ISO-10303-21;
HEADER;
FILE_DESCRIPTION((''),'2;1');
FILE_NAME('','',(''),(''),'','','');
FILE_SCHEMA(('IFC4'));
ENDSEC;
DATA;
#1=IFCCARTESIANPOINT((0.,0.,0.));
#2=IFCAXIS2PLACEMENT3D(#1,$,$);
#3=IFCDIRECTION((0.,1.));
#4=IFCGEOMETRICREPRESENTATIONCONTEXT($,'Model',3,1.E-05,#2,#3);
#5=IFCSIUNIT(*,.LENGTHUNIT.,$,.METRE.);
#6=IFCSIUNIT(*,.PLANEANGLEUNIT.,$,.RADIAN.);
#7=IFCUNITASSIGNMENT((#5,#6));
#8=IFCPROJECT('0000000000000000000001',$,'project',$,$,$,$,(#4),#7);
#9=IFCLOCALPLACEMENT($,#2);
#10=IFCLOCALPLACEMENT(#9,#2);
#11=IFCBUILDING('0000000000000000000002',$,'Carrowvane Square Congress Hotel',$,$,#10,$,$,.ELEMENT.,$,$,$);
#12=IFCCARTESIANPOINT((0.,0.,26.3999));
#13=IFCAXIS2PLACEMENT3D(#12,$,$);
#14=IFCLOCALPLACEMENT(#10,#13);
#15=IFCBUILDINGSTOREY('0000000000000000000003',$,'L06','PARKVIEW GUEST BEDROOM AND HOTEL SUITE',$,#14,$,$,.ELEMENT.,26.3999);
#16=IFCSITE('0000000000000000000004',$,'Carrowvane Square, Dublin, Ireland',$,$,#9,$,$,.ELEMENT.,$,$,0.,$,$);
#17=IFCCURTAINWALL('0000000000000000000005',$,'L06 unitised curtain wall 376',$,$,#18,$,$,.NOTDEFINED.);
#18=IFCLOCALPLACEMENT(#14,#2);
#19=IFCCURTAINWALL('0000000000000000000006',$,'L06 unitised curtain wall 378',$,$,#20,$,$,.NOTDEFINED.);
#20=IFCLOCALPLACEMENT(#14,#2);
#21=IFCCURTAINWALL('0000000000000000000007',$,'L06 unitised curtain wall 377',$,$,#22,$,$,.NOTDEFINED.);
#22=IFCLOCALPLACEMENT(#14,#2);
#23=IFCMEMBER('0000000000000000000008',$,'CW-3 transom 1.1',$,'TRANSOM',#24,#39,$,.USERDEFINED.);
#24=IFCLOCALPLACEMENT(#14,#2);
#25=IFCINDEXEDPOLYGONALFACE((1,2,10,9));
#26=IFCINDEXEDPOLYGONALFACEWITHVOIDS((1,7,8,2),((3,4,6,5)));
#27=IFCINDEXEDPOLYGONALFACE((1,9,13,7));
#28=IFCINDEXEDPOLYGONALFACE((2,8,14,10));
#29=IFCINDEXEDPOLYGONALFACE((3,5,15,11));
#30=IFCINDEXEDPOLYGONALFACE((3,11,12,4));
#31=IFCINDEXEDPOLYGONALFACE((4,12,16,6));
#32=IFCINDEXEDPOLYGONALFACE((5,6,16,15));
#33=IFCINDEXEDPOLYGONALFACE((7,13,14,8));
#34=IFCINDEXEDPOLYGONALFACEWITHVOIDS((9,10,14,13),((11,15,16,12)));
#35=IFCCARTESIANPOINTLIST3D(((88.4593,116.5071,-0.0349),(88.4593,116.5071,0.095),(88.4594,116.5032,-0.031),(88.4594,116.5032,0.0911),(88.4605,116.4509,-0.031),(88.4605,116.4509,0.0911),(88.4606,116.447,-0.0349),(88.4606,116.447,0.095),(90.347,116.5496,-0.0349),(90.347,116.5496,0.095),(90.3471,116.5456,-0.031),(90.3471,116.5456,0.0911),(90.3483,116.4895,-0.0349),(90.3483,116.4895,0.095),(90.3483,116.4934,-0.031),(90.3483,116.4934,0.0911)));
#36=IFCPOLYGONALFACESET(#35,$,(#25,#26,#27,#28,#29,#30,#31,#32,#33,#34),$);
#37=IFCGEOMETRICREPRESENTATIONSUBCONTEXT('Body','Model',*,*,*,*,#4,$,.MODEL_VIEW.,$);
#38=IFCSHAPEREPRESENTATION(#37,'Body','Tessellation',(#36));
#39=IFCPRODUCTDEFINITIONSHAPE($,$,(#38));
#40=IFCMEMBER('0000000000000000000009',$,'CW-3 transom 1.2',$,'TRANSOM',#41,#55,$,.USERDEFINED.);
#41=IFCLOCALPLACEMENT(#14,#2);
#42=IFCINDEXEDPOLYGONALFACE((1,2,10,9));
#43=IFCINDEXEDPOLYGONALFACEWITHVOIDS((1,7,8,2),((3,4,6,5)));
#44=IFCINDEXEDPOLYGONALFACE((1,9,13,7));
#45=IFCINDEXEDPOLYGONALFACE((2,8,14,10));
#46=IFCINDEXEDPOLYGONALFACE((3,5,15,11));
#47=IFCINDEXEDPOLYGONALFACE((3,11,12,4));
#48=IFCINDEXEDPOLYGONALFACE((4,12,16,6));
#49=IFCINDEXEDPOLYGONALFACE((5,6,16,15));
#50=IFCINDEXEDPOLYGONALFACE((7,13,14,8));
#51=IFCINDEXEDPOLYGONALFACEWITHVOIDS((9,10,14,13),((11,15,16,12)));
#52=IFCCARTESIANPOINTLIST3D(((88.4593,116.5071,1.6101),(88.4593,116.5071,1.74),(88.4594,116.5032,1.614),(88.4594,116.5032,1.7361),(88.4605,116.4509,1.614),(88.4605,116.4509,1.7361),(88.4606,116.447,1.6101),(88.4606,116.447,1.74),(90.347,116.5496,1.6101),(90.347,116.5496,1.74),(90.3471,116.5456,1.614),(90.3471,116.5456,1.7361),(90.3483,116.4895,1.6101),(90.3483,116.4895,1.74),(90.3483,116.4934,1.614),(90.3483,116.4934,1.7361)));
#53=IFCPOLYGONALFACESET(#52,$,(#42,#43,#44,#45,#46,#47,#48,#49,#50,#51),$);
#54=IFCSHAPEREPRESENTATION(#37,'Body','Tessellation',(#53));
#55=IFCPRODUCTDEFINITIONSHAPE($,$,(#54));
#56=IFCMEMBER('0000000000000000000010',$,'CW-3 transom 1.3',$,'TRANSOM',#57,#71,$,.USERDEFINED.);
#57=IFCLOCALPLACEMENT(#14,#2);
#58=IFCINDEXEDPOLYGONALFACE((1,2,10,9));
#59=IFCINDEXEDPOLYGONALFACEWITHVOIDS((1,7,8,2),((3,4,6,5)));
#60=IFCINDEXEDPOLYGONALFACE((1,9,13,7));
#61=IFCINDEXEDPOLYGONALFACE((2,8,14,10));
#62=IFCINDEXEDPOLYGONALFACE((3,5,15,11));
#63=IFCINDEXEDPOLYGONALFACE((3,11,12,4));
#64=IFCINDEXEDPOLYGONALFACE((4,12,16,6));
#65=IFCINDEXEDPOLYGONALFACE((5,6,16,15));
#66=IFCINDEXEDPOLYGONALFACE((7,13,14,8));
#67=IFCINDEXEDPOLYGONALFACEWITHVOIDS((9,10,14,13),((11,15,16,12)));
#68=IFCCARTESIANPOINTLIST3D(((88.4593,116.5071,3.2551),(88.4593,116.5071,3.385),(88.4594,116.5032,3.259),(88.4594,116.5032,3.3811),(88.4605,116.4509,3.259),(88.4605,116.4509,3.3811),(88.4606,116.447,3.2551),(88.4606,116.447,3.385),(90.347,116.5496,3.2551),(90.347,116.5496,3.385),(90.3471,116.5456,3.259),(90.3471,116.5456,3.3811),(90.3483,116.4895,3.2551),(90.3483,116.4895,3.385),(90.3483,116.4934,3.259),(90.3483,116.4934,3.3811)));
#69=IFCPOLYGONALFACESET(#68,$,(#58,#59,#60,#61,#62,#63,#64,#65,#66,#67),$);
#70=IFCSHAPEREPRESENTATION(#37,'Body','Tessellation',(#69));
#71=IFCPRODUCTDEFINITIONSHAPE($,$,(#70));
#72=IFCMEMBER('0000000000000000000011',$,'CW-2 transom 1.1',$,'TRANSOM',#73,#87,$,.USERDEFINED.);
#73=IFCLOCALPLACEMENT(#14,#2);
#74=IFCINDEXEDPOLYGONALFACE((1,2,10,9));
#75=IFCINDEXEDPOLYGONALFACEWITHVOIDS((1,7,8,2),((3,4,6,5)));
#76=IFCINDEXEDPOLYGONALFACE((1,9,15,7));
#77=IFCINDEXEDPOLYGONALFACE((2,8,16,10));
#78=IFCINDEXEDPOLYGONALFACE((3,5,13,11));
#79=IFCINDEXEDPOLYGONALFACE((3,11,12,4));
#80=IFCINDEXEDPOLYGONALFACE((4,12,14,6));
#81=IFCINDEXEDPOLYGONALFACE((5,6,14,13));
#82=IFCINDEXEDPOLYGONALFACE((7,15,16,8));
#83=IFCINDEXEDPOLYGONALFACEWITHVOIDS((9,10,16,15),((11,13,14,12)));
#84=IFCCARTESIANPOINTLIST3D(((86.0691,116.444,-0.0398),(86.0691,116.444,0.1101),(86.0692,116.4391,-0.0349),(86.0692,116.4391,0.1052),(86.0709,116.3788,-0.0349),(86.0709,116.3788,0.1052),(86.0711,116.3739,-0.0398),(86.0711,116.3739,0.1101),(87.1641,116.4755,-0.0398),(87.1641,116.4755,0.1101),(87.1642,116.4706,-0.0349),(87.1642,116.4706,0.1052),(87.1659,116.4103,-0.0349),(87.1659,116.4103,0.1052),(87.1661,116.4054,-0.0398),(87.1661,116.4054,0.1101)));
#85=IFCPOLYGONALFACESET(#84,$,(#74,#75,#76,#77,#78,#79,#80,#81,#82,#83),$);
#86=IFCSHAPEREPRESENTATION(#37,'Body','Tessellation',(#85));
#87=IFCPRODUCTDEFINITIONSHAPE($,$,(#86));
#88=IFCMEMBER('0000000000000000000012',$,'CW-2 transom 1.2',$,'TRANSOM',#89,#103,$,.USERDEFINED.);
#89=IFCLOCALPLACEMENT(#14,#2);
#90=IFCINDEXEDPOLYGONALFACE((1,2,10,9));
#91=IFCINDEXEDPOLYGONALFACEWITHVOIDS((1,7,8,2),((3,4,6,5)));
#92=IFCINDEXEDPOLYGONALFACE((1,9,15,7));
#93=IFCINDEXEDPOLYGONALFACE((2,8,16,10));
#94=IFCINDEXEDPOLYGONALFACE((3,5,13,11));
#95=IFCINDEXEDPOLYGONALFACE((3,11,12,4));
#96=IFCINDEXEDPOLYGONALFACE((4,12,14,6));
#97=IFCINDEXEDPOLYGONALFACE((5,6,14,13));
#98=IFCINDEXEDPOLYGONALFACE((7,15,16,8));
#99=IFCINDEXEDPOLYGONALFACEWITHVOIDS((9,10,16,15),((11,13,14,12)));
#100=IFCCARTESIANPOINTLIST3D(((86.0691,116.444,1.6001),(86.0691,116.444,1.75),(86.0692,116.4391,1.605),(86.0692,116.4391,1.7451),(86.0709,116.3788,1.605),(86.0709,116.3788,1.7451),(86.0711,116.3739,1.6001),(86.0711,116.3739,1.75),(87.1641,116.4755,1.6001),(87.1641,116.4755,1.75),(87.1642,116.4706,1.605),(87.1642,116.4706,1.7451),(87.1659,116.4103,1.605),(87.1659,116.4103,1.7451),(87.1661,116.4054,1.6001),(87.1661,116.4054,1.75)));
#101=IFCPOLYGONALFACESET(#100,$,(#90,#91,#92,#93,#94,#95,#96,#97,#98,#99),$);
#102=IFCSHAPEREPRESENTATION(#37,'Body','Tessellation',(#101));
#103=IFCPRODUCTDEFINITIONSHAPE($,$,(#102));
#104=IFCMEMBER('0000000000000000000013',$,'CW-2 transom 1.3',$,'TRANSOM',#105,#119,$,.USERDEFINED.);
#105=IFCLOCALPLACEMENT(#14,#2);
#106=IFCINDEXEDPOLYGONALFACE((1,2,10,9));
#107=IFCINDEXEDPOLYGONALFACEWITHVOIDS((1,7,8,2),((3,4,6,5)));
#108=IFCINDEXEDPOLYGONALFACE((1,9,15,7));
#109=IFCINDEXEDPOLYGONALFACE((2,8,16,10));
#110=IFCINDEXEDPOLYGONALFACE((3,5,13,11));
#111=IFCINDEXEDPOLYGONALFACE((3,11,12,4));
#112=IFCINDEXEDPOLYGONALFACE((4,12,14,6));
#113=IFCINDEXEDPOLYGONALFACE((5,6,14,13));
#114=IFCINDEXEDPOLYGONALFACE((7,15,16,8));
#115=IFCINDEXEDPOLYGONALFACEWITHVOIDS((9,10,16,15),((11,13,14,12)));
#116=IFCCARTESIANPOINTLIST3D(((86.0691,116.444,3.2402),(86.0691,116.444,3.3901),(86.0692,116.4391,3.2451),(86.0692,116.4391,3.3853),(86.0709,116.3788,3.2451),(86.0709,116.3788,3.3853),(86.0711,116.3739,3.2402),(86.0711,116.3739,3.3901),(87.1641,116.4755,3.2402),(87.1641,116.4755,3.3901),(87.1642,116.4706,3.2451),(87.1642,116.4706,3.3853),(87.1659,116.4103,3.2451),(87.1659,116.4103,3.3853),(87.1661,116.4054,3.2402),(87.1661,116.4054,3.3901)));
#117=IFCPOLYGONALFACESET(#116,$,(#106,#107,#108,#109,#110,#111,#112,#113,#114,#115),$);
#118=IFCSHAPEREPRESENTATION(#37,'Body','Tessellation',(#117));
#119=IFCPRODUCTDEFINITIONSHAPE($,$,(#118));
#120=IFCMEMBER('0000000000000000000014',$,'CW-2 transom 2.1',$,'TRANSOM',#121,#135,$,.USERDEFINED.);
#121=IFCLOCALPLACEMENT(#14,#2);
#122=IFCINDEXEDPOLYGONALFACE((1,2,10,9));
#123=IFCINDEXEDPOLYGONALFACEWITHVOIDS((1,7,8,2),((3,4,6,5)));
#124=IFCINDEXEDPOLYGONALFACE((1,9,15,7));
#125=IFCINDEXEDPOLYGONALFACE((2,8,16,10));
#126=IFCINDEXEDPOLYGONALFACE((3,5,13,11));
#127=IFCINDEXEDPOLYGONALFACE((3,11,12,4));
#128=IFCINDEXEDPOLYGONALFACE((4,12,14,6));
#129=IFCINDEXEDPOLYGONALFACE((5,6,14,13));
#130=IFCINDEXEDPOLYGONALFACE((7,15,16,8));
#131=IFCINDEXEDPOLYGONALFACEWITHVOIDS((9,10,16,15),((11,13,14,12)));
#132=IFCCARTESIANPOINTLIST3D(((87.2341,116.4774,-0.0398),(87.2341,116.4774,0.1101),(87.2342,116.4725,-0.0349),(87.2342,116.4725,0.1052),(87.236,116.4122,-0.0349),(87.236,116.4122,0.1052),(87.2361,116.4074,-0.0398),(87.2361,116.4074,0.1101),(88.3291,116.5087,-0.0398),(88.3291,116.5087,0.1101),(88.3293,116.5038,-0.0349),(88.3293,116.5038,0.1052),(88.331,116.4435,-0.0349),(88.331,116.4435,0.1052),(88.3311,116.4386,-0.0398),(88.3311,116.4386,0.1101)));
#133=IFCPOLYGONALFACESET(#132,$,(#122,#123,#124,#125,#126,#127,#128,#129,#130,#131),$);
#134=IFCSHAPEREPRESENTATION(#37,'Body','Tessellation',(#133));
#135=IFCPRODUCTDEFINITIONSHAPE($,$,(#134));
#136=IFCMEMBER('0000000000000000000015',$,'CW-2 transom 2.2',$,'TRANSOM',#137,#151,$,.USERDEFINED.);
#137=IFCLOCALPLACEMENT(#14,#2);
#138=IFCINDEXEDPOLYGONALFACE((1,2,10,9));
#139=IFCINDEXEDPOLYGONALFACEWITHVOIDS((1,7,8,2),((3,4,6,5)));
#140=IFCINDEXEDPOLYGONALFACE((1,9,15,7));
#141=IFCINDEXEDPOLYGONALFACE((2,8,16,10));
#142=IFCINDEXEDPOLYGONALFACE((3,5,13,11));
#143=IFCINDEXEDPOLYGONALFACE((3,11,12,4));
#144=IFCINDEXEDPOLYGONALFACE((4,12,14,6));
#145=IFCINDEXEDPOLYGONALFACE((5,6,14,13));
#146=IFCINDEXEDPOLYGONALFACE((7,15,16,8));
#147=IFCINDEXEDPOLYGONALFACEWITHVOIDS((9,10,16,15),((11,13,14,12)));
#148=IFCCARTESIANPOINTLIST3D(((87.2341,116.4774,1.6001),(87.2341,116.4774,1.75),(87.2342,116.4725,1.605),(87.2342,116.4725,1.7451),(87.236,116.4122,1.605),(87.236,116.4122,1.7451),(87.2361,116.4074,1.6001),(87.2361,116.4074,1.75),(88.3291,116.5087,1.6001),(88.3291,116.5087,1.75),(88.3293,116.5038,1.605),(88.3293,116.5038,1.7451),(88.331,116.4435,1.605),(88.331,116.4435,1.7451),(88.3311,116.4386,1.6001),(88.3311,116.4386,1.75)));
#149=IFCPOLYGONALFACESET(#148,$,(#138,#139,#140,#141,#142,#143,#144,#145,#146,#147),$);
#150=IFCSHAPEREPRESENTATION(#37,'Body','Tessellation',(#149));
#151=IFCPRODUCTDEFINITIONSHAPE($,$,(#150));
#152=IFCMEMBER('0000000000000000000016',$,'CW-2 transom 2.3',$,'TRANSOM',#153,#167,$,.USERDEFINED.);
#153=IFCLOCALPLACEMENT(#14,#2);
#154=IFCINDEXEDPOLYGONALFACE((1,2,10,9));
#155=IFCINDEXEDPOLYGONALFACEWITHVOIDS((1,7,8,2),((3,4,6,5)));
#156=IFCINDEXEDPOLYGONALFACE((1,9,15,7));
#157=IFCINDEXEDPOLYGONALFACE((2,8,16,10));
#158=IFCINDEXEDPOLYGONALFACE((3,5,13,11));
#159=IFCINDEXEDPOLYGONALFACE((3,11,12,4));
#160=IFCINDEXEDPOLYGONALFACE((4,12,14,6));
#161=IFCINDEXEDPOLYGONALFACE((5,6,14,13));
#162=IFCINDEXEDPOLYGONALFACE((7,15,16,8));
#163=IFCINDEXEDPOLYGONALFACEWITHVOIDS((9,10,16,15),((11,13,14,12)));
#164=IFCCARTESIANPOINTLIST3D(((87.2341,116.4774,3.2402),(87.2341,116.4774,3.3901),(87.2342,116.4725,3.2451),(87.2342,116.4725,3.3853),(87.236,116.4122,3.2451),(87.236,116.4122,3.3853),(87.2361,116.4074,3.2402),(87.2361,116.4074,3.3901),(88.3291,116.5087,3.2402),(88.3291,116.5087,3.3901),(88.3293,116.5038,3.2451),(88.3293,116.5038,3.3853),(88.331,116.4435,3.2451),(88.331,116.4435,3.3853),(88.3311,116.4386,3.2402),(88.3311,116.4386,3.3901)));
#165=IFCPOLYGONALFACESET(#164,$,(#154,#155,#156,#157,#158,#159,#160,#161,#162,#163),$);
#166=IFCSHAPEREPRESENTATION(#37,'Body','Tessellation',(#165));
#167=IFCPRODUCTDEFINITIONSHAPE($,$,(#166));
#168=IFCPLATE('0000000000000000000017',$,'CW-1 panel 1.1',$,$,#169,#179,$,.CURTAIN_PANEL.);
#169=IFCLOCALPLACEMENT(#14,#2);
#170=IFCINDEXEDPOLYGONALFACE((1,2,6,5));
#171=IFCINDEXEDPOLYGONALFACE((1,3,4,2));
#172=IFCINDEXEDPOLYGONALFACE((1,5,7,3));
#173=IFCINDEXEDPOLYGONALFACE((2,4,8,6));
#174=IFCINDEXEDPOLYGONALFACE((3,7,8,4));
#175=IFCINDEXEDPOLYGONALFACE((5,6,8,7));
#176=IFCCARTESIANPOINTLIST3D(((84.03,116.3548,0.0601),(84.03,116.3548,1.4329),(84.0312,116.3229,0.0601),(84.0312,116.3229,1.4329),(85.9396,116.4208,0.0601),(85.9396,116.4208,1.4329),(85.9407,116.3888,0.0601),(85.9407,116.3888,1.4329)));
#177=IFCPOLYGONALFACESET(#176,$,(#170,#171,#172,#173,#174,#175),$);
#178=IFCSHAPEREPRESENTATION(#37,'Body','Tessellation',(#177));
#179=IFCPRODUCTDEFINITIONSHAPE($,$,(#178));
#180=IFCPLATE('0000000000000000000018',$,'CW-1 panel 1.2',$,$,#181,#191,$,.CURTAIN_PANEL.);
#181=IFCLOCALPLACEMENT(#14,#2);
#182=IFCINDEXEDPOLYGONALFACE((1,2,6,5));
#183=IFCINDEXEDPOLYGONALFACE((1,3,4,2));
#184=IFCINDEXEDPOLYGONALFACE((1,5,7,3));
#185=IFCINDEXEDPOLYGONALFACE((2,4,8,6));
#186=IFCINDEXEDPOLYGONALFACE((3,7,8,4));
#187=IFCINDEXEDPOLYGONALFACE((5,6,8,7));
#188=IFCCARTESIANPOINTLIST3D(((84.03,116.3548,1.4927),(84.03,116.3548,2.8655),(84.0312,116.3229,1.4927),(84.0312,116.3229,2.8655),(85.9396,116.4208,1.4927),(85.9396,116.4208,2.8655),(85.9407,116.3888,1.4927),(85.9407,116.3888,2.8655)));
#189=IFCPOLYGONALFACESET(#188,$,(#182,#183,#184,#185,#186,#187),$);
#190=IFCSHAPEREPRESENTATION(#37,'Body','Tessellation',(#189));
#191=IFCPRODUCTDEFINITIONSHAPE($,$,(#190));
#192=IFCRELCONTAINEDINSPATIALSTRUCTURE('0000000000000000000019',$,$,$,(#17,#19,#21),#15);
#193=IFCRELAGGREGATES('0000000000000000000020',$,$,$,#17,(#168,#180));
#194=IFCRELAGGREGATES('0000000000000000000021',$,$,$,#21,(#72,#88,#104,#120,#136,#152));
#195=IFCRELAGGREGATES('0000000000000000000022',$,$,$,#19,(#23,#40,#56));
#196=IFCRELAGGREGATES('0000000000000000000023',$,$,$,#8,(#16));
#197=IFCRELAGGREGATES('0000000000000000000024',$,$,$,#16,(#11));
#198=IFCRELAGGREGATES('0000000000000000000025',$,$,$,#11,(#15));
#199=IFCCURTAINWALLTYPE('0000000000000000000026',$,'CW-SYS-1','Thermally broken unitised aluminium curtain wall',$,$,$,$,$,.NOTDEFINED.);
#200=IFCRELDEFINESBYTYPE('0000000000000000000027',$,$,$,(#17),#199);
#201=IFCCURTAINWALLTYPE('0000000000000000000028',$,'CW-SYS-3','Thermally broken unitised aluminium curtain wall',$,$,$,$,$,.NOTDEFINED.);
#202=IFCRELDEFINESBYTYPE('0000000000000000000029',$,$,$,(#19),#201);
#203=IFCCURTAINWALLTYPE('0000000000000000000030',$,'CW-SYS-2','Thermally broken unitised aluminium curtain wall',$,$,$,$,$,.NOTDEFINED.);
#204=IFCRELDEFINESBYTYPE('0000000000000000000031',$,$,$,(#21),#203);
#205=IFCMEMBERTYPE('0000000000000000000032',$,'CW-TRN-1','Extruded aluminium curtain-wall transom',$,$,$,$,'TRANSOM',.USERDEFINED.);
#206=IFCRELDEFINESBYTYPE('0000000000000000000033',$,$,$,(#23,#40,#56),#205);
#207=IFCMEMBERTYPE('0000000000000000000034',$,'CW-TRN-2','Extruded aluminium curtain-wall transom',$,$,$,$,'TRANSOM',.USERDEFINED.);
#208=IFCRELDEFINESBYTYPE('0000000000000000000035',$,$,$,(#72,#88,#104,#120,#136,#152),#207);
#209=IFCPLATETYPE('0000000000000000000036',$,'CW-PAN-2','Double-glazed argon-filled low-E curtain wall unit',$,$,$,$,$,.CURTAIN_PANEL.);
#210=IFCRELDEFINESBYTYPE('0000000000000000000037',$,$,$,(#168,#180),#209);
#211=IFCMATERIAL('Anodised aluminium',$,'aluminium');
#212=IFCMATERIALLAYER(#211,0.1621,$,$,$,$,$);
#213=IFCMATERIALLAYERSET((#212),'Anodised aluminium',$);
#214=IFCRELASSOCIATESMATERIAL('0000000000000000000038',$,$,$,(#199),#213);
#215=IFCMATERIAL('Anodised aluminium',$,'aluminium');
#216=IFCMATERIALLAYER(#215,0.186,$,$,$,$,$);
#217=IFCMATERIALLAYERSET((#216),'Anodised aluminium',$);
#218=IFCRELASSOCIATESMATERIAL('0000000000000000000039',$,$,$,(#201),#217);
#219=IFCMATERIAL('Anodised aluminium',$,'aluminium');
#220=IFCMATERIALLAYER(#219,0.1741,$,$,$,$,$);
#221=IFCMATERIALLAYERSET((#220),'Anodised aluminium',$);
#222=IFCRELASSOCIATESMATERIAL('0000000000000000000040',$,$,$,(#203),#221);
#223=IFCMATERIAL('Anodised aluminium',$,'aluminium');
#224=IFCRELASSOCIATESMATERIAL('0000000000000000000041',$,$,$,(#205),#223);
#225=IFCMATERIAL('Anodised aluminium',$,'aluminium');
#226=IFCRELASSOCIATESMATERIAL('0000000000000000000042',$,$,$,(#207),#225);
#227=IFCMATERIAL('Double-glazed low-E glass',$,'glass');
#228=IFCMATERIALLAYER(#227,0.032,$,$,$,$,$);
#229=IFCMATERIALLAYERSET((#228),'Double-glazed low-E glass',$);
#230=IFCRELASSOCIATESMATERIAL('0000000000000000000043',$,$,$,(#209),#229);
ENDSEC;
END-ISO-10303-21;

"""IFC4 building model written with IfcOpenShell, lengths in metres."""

from ifc_helpers import new_model, si_unit, direction, frame, origin, origin_2d, place, context, subcontext, project, spatial, rectangle, hollow_rectangle, extrude, material, layer, layer_set, material_profile, profile_set, type_object, element, aggregate, save


model = new_model("IFC4")

# Units and contexts
model_context = context("Model", 3, precision=1e-05, world=origin(), true_north=direction((0.0, 1.0)))
body_context = subcontext(model_context, "Body", "Model", "MODEL_VIEW")
ifc_project = project(units=[si_unit("LENGTHUNIT", "METRE"), si_unit("PLANEANGLEUNIT", "RADIAN")], contexts=[model_context])

# Site, building, storey
site_placement = place(None, origin())
site = spatial("IfcSite", under=ifc_project, at=site_placement, Name="Carrowvane Square, Dublin, Ireland", CompositionType="ELEMENT", RefElevation=0.0)
building_placement = place(site_placement, origin())
building = spatial("IfcBuilding", under=site, at=building_placement, Name="Carrowvane Square Congress Hotel", CompositionType="ELEMENT")
storey_placement = place(building_placement, frame((0.0, 0.0, 26.3999)))
storey = spatial("IfcBuildingStorey", under=building, at=storey_placement, Name="L06", Description="PARKVIEW GUEST BEDROOM AND HOTEL SUITE", CompositionType="ELEMENT", Elevation=26.3999)

# Curtain wall
ifc_material_1 = material(Name="Anodised aluminium", Category="aluminium")
ifc_layer_1 = layer(ifc_material_1, 0.1621)
ifc_layer_set_1 = layer_set([ifc_layer_1], Name="Anodised aluminium")
curtain_wall_type_1 = type_object("IfcCurtainWallType", Name="CW-SYS-1", Description="Thermally broken unitised aluminium curtain wall", PredefinedType="NOTDEFINED", material=ifc_layer_set_1)
curtain_wall_1_placement = place(storey_placement, origin())
curtain_wall_1 = element("IfcCurtainWall", 1, at=curtain_wall_1_placement, inside=storey, type_object=curtain_wall_type_1, Name="L06 unitised curtain wall 376", PredefinedType="NOTDEFINED")

# Curtain walls
ifc_material_2 = material(Name="Anodised aluminium", Category="aluminium")
ifc_layer_2 = layer(ifc_material_2, 0.186)
ifc_layer_set_2 = layer_set([ifc_layer_2], Name="Anodised aluminium")
curtain_wall_type_2 = type_object("IfcCurtainWallType", Name="CW-SYS-3", Description="Thermally broken unitised aluminium curtain wall", PredefinedType="NOTDEFINED", material=ifc_layer_set_2)
curtain_wall_2_placement = place(storey_placement, origin())
curtain_wall_2 = element("IfcCurtainWall", 2, at=curtain_wall_2_placement, inside=storey, type_object=curtain_wall_type_2, Name="L06 unitised curtain wall 378", PredefinedType="NOTDEFINED")
ifc_material_3 = material(Name="Anodised aluminium", Category="aluminium")
ifc_layer_3 = layer(ifc_material_3, 0.1741)
ifc_layer_set_3 = layer_set([ifc_layer_3], Name="Anodised aluminium")
curtain_wall_type_3 = type_object("IfcCurtainWallType", Name="CW-SYS-2", Description="Thermally broken unitised aluminium curtain wall", PredefinedType="NOTDEFINED", material=ifc_layer_set_3)
curtain_wall_3_placement = place(storey_placement, origin())
curtain_wall_3 = element("IfcCurtainWall", 3, at=curtain_wall_3_placement, inside=storey, type_object=curtain_wall_type_3, Name="L06 unitised curtain wall 377", PredefinedType="NOTDEFINED")

# Members
ifc_material_4 = material(Name="Anodised aluminium", Category="aluminium")
ifc_material_profile_1 = material_profile(ifc_material_4, hollow_rectangle(XDim=0.0601, YDim=0.1299, WallThickness=0.0039, at=origin_2d()), Name="CW-TR 60x130x4")
ifc_profile_set_1 = profile_set([ifc_material_profile_1], Name="Anodised aluminium")
member_type_1 = type_object("IfcMemberType", Name="CW-TRN-1", Description="Extruded aluminium curtain-wall transom", ElementType="TRANSOM", PredefinedType="USERDEFINED", material=ifc_profile_set_1)
member_1_placement = place(storey_placement, frame((88.46, 116.4771, 0.03), z_axis=(0.999747, 0.022498, 0.0), x_axis=(-0.022498, 0.999747, 0.0)))
member_1 = element("IfcMember", 4, at=member_1_placement, type_object=member_type_1, Name="CW-3 transom 1.1", ObjectType="TRANSOM", PredefinedType="USERDEFINED", context=body_context, shape_type="SweptSolid", body=[
    extrude(hollow_rectangle(XDim=0.0601, YDim=0.1299, WallThickness=0.0039, at=origin_2d()), origin(), (0.0, 0.0, 1.0), 1.8882),
])
member_2_placement = place(storey_placement, frame((88.46, 116.4771, 1.675), z_axis=(0.999747, 0.022498, 0.0), x_axis=(-0.022498, 0.999747, 0.0)))
member_2 = element("IfcMember", 5, at=member_2_placement, type_object=member_type_1, Name="CW-3 transom 1.2", ObjectType="TRANSOM", PredefinedType="USERDEFINED", context=body_context, shape_type="SweptSolid", body=[
    extrude(hollow_rectangle(XDim=0.0601, YDim=0.1299, WallThickness=0.0039, at=origin_2d()), origin(), (0.0, 0.0, 1.0), 1.8882),
])
member_3_placement = place(storey_placement, frame((88.46, 116.4771, 3.3201), z_axis=(0.999747, 0.022498, 0.0), x_axis=(-0.022498, 0.999747, 0.0)))
member_3 = element("IfcMember", 6, at=member_3_placement, type_object=member_type_1, Name="CW-3 transom 1.3", ObjectType="TRANSOM", PredefinedType="USERDEFINED", context=body_context, shape_type="SweptSolid", body=[
    extrude(hollow_rectangle(XDim=0.0601, YDim=0.1299, WallThickness=0.0039, at=origin_2d()), origin(), (0.0, 0.0, 1.0), 1.8882),
])
ifc_material_5 = material(Name="Anodised aluminium", Category="aluminium")
ifc_material_profile_2 = material_profile(ifc_material_5, hollow_rectangle(XDim=0.0701, YDim=0.1499, WallThickness=0.0049, at=origin_2d()), Name="CW-TR 70x150x5")
ifc_profile_set_2 = profile_set([ifc_material_profile_2], Name="Anodised aluminium")
member_type_2 = type_object("IfcMemberType", Name="CW-TRN-2", Description="Extruded aluminium curtain-wall transom", ElementType="TRANSOM", PredefinedType="USERDEFINED", material=ifc_profile_set_2)
member_4_placement = place(storey_placement, frame((86.0701, 116.4089, 0.0352), z_axis=(0.999587, 0.028751, 0.0), x_axis=(-0.028751, 0.999587, 0.0)))
member_4 = element("IfcMember", 7, at=member_4_placement, type_object=member_type_2, Name="CW-2 transom 1.1", ObjectType="TRANSOM", PredefinedType="USERDEFINED", context=body_context, shape_type="SweptSolid", body=[
    extrude(hollow_rectangle(XDim=0.0701, YDim=0.1499, WallThickness=0.0049, at=origin_2d()), origin(), (0.0, 0.0, 1.0), 1.0955),
])
member_5_placement = place(storey_placement, frame((86.0701, 116.4089, 1.675), z_axis=(0.999587, 0.028751, 0.0), x_axis=(-0.028751, 0.999587, 0.0)))
member_5 = element("IfcMember", 8, at=member_5_placement, type_object=member_type_2, Name="CW-2 transom 1.2", ObjectType="TRANSOM", PredefinedType="USERDEFINED", context=body_context, shape_type="SweptSolid", body=[
    extrude(hollow_rectangle(XDim=0.0701, YDim=0.1499, WallThickness=0.0049, at=origin_2d()), origin(), (0.0, 0.0, 1.0), 1.0955),
])
member_6_placement = place(storey_placement, frame((86.0701, 116.4089, 3.3152), z_axis=(0.999587, 0.028751, 0.0), x_axis=(-0.028751, 0.999587, 0.0)))
member_6 = element("IfcMember", 9, at=member_6_placement, type_object=member_type_2, Name="CW-2 transom 1.3", ObjectType="TRANSOM", PredefinedType="USERDEFINED", context=body_context, shape_type="SweptSolid", body=[
    extrude(hollow_rectangle(XDim=0.0701, YDim=0.1499, WallThickness=0.0049, at=origin_2d()), origin(), (0.0, 0.0, 1.0), 1.0955),
])
member_7_placement = place(storey_placement, frame((87.2351, 116.4424, 0.0352), z_axis=(0.999593, 0.028528, 0.0), x_axis=(-0.028528, 0.999593, 0.0)))
member_7 = element("IfcMember", 10, at=member_7_placement, type_object=member_type_2, Name="CW-2 transom 2.1", ObjectType="TRANSOM", PredefinedType="USERDEFINED", context=body_context, shape_type="SweptSolid", body=[
    extrude(hollow_rectangle(XDim=0.0701, YDim=0.1499, WallThickness=0.0049, at=origin_2d()), origin(), (0.0, 0.0, 1.0), 1.0955),
])
member_8_placement = place(storey_placement, frame((87.2351, 116.4424, 1.675), z_axis=(0.999593, 0.028528, 0.0), x_axis=(-0.028528, 0.999593, 0.0)))
member_8 = element("IfcMember", 11, at=member_8_placement, type_object=member_type_2, Name="CW-2 transom 2.2", ObjectType="TRANSOM", PredefinedType="USERDEFINED", context=body_context, shape_type="SweptSolid", body=[
    extrude(hollow_rectangle(XDim=0.0701, YDim=0.1499, WallThickness=0.0049, at=origin_2d()), origin(), (0.0, 0.0, 1.0), 1.0955),
])
member_9_placement = place(storey_placement, frame((87.2351, 116.4424, 3.3152), z_axis=(0.999593, 0.028528, 0.0), x_axis=(-0.028528, 0.999593, 0.0)))
member_9 = element("IfcMember", 12, at=member_9_placement, type_object=member_type_2, Name="CW-2 transom 2.3", ObjectType="TRANSOM", PredefinedType="USERDEFINED", context=body_context, shape_type="SweptSolid", body=[
    extrude(hollow_rectangle(XDim=0.0701, YDim=0.1499, WallThickness=0.0049, at=origin_2d()), origin(), (0.0, 0.0, 1.0), 1.0955),
])

# Plates
ifc_material_6 = material(Name="Double-glazed low-E glass", Category="glass")
ifc_layer_4 = layer(ifc_material_6, 0.032)
ifc_layer_set_4 = layer_set([ifc_layer_4], Name="Double-glazed low-E glass")
plate_type_1 = type_object("IfcPlateType", Name="CW-PAN-2", Description="Double-glazed argon-filled low-E curtain wall unit", PredefinedType="CURTAIN_PANEL", material=ifc_layer_set_4)
plate_1_placement = place(storey_placement, frame((84.9854, 116.3718, 0.0601), z_axis=(0.0, 0.0, 1.0), x_axis=(0.999404, 0.034527, 0.0)))
plate_1 = element("IfcPlate", 13, at=plate_1_placement, type_object=plate_type_1, Name="CW-1 panel 1.1", PredefinedType="CURTAIN_PANEL", context=body_context, shape_type="SweptSolid", body=[
    extrude(rectangle(XDim=1.9106, YDim=0.032, at=origin_2d()), origin(), (0.0, 0.0, 1.0), 1.3728),
])
plate_2_placement = place(storey_placement, frame((84.9854, 116.3718, 1.4927), z_axis=(0.0, 0.0, 1.0), x_axis=(0.999404, 0.034527, 0.0)))
plate_2 = element("IfcPlate", 14, at=plate_2_placement, type_object=plate_type_1, Name="CW-1 panel 1.2", PredefinedType="CURTAIN_PANEL", context=body_context, shape_type="SweptSolid", body=[
    extrude(rectangle(XDim=1.9106, YDim=0.032, at=origin_2d()), origin(), (0.0, 0.0, 1.0), 1.3728),
])
aggregate(curtain_wall_1, [plate_1, plate_2])
aggregate(curtain_wall_3, [member_4, member_5, member_6, member_7, member_8, member_9])
aggregate(curtain_wall_2, [member_1, member_2, member_3])

save(model, "model.ifc")
